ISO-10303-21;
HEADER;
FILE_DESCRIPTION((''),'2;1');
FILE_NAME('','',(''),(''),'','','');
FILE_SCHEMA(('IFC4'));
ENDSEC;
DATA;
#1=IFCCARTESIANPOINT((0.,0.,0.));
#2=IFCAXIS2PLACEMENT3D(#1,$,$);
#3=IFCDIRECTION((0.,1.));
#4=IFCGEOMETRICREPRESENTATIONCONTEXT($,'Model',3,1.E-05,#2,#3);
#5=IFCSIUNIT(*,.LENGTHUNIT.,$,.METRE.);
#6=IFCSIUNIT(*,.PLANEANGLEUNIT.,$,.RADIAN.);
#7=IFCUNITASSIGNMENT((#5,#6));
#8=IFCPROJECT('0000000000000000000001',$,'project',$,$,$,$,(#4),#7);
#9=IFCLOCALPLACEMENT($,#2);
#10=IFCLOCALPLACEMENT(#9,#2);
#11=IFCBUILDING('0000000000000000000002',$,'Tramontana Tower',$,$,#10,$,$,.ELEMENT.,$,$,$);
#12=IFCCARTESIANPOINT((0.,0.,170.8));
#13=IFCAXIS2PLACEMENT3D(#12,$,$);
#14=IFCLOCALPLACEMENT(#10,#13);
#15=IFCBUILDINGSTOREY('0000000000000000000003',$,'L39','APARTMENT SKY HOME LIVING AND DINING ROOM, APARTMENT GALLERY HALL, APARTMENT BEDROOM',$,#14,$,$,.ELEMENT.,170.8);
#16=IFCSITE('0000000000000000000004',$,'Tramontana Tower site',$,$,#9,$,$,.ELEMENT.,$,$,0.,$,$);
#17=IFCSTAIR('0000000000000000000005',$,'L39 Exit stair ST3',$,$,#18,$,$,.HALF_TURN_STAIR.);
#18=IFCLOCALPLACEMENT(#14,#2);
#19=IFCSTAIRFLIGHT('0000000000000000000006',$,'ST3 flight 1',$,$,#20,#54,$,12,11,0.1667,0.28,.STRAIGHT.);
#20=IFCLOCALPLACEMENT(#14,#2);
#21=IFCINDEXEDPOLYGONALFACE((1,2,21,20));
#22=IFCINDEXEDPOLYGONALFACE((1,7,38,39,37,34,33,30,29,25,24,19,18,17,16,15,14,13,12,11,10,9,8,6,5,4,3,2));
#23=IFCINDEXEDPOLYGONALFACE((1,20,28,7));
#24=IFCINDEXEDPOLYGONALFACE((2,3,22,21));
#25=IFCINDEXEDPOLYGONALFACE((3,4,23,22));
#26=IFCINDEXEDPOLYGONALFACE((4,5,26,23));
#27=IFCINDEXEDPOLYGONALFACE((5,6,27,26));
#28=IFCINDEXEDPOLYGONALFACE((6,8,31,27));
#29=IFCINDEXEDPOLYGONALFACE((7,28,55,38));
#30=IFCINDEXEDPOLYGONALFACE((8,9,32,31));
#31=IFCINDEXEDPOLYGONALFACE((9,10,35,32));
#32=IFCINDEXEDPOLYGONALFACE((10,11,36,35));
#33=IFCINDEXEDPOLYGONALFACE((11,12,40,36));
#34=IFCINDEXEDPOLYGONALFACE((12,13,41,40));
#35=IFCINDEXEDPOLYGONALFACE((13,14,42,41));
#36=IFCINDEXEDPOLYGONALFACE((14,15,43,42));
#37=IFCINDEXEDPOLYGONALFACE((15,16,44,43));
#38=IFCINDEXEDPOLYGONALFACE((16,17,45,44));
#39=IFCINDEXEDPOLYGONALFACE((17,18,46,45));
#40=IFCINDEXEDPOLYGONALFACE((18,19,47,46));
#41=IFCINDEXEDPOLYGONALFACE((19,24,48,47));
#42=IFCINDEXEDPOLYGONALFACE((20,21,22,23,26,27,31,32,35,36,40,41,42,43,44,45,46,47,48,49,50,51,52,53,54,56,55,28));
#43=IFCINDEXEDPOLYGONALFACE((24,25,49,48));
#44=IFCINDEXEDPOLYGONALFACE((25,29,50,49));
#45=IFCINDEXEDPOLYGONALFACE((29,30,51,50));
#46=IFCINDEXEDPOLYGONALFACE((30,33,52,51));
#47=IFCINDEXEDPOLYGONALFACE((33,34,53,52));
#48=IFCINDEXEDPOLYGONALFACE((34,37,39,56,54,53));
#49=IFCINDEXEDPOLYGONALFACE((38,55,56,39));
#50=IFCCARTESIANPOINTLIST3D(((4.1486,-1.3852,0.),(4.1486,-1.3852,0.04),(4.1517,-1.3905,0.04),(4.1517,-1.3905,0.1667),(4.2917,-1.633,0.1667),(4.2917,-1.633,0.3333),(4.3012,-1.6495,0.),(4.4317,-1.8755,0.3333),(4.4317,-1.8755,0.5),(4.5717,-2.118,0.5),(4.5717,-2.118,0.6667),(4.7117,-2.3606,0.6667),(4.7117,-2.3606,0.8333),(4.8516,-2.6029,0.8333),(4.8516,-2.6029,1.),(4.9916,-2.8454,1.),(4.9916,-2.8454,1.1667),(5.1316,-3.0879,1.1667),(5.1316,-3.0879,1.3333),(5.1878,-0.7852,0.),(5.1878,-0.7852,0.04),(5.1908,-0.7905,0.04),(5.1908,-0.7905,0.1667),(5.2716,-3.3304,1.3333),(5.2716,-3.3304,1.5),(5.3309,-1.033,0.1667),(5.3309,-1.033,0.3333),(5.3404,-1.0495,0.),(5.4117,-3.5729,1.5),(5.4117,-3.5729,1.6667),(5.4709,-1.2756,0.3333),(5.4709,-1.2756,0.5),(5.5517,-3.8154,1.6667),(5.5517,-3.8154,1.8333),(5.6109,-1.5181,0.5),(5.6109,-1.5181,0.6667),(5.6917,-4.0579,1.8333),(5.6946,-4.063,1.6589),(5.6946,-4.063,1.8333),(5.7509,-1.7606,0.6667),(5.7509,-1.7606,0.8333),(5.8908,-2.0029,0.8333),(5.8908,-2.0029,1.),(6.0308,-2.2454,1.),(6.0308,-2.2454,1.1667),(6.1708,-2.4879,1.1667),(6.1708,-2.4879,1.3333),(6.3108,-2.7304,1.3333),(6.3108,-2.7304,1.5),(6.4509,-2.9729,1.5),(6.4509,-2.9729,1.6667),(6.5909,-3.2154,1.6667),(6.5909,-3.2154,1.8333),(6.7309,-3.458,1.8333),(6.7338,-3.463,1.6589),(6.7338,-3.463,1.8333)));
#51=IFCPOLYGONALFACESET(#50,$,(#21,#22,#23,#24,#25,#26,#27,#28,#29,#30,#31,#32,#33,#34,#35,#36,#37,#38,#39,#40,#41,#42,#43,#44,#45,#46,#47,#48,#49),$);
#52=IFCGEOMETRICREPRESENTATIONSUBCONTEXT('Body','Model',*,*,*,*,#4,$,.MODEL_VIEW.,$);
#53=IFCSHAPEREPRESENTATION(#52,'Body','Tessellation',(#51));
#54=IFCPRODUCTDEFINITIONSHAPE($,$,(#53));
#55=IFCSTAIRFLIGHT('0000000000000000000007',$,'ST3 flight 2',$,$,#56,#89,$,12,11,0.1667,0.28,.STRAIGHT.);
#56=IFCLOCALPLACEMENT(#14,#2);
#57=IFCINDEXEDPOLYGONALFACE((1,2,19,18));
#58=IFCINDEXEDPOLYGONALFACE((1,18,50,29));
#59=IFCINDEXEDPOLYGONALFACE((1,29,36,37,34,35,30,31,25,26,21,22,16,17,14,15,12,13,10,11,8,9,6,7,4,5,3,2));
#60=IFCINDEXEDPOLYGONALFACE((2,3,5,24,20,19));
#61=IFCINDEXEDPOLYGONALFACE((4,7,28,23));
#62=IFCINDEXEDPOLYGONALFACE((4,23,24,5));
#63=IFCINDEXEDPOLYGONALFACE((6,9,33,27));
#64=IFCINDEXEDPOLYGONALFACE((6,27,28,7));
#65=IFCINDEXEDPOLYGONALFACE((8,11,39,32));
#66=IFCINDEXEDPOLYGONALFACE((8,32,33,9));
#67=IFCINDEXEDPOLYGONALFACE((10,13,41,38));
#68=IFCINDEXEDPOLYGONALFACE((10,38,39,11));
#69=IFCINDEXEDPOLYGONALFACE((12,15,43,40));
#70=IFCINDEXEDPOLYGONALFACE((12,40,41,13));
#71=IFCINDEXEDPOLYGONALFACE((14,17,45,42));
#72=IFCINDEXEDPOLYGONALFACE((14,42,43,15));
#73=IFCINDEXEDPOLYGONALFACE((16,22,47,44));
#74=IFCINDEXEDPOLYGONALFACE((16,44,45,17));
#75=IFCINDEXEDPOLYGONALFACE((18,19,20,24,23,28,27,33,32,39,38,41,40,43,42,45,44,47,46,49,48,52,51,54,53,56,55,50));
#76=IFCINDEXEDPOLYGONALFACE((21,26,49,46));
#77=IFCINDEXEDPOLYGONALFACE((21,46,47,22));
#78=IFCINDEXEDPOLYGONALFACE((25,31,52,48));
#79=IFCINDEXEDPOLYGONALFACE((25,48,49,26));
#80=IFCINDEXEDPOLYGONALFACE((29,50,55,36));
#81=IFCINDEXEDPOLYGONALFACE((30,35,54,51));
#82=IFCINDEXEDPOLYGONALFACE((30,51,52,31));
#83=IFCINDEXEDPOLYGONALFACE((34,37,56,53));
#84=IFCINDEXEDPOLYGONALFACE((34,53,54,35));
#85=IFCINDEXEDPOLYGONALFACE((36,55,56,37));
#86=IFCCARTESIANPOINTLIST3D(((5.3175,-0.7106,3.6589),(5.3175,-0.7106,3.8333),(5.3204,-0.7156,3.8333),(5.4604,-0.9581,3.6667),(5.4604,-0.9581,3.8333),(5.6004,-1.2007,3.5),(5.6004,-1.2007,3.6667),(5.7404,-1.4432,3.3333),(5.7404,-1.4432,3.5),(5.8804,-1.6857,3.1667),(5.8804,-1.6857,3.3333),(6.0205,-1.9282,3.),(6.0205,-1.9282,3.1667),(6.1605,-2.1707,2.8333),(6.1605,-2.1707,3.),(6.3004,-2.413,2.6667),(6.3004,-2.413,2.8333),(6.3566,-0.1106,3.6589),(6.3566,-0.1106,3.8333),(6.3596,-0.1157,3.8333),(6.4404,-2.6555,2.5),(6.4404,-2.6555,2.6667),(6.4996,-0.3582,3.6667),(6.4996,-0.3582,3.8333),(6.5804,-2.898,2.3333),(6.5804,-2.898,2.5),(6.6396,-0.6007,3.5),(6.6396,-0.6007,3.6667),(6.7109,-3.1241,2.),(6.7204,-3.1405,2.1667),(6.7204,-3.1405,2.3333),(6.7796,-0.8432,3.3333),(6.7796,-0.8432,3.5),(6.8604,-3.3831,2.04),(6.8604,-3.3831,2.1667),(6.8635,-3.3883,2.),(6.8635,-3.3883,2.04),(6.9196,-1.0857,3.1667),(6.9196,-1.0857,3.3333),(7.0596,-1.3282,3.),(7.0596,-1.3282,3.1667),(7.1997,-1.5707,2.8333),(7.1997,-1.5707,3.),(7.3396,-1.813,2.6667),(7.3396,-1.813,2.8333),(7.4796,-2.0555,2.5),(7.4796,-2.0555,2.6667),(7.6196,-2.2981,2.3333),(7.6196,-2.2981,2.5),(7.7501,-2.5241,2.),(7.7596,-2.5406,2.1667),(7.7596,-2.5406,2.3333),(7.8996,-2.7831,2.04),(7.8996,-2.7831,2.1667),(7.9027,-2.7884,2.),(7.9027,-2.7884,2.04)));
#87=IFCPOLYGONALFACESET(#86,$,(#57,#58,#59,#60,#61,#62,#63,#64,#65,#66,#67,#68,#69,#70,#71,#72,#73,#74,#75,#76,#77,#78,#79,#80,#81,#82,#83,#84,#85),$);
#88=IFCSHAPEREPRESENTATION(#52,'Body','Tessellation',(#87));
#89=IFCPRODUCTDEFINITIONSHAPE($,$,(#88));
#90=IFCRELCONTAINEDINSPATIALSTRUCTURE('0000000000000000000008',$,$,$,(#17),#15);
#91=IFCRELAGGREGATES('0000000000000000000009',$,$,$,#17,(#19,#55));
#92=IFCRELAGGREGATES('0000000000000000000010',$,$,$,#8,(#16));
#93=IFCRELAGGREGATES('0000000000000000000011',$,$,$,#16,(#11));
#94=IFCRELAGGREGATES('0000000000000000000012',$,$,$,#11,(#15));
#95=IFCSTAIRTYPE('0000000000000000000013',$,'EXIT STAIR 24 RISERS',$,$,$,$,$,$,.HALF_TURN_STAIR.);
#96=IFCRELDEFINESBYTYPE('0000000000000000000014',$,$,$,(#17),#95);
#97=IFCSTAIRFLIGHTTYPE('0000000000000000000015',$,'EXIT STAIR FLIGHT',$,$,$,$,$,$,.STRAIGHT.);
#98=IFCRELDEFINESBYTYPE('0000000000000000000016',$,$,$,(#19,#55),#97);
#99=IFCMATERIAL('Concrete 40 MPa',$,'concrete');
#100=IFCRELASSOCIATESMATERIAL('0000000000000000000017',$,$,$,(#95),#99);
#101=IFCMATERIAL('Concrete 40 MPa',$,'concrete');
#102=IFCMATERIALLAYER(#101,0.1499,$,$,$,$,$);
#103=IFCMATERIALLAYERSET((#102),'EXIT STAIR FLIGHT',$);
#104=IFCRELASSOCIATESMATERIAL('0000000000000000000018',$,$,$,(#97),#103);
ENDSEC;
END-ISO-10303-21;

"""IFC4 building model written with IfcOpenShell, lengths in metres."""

from ifc_helpers import new_model, si_unit, direction, frame, origin, place, context, subcontext, project, spatial, polyline, outline, extrude, material, layer, layer_set, type_object, element, aggregate, save


model = new_model("IFC4")

# Units and contexts
model_context = context("Model", 3, precision=1e-05, world=origin(), true_north=direction((0.0, 1.0)))
body_context = subcontext(model_context, "Body", "Model", "MODEL_VIEW")
ifc_project = project(units=[si_unit("LENGTHUNIT", "METRE"), si_unit("PLANEANGLEUNIT", "RADIAN")], contexts=[model_context])

# Site, building, storey
site_placement = place(None, origin())
site = spatial("IfcSite", under=ifc_project, at=site_placement, Name="Tramontana Tower site", CompositionType="ELEMENT", RefElevation=0.0)
building_placement = place(site_placement, origin())
building = spatial("IfcBuilding", under=site, at=building_placement, Name="Tramontana Tower", CompositionType="ELEMENT")
storey_placement = place(building_placement, frame((0.0, 0.0, 170.8)))
storey = spatial("IfcBuildingStorey", under=building, at=storey_placement, Name="L39", Description="APARTMENT SKY HOME LIVING AND DINING ROOM, APARTMENT GALLERY HALL, APARTMENT BEDROOM", CompositionType="ELEMENT", Elevation=170.8)

# Stair, stair flights
ifc_material_1 = material(Name="Concrete 40 MPa", Category="concrete")
stair_type = type_object("IfcStairType", Name="EXIT STAIR 24 RISERS", PredefinedType="HALF_TURN_STAIR", material=ifc_material_1)
stair_placement = place(storey_placement, origin())
stair = element("IfcStair", 1, at=stair_placement, inside=storey, type_object=stair_type, Name="L39 Exit stair ST3", PredefinedType="HALF_TURN_STAIR")
ifc_material_2 = material(Name="Concrete 40 MPa", Category="concrete")
ifc_layer_1 = layer(ifc_material_2, 0.1499)
ifc_layer_set_1 = layer_set([ifc_layer_1], Name="EXIT STAIR FLIGHT")
stair_flight_type = type_object("IfcStairFlightType", Name="EXIT STAIR FLIGHT", PredefinedType="STRAIGHT", material=ifc_layer_set_1)
stair_flight_1_placement = place(storey_placement, frame((4.6711, -1.0906, 0.0), z_axis=(0.0, 0.0, 1.0), x_axis=(0.5, -0.866025, 0.0)))
stair_flight_1 = element("IfcStairFlight", 2, at=stair_flight_1_placement, type_object=stair_flight_type, Name="ST3 flight 1", NumberOfRisers=12, NumberOfTreads=11, PredefinedType="STRAIGHT", RiserHeight=0.1667, TreadLength=0.28, context=body_context, shape_type="SweptSolid", body=[
    extrude(outline(polyline([(-0.0061, 0.0), (-0.0061, 0.04), (0.0, 0.04), (0.0, 0.1667), (0.28, 0.1667), (0.28, 0.3333), (0.5601, 0.3333), (0.5601, 0.5), (0.8401, 0.5), (0.8401, 0.6667), (1.1201, 0.6667), (1.1201, 0.8333), (1.3999, 0.8333), (1.3999, 1.0), (1.6799, 1.0), (1.6799, 1.1667), (1.96, 1.1667), (1.96, 1.3333), (2.24, 1.3333), (2.24, 1.5), (2.52, 1.5), (2.52, 1.6667), (2.8, 1.6667), (2.8, 1.8333), (3.0801, 1.8333), (3.0859, 1.8333), (3.0859, 1.6589), (0.2991, 0.0), (-0.0061, 0.0)])), frame((0.0, 0.6001, 0.0), z_axis=(0.0, -1.0, 0.0), x_axis=(1.0, 0.0, 0.0)), (0.0, 0.0, 1.0), 1.2),
])
stair_flight_2_placement = place(storey_placement, frame((7.3801, -3.083, 2.0), z_axis=(0.0, 0.0, 1.0), x_axis=(-0.5, 0.866025, 0.0)))
stair_flight_2 = element("IfcStairFlight", 3, at=stair_flight_2_placement, type_object=stair_flight_type, Name="ST3 flight 2", NumberOfRisers=12, NumberOfTreads=11, PredefinedType="STRAIGHT", RiserHeight=0.1667, TreadLength=0.28, context=body_context, shape_type="SweptSolid", body=[
    extrude(outline(polyline([(-0.0061, 0.0), (-0.0061, 0.04), (0.0, 0.04), (0.0, 0.1667), (0.28, 0.1667), (0.28, 0.3333), (0.5601, 0.3333), (0.5601, 0.5), (0.8401, 0.5), (0.8401, 0.6667), (1.1201, 0.6667), (1.1201, 0.8333), (1.3999, 0.8333), (1.3999, 1.0), (1.6799, 1.0), (1.6799, 1.1667), (1.96, 1.1667), (1.96, 1.3333), (2.24, 1.3333), (2.24, 1.5), (2.52, 1.5), (2.52, 1.6667), (2.8, 1.6667), (2.8, 1.8333), (3.0801, 1.8333), (3.0859, 1.8333), (3.0859, 1.6589), (0.2991, 0.0), (-0.0061, 0.0)])), frame((0.0, 0.6001, 0.0), z_axis=(0.0, -1.0, 0.0), x_axis=(1.0, 0.0, 0.0)), (0.0, 0.0, 1.0), 1.2),
])
aggregate(stair, [stair_flight_1, stair_flight_2])

save(model, "model.ifc")
